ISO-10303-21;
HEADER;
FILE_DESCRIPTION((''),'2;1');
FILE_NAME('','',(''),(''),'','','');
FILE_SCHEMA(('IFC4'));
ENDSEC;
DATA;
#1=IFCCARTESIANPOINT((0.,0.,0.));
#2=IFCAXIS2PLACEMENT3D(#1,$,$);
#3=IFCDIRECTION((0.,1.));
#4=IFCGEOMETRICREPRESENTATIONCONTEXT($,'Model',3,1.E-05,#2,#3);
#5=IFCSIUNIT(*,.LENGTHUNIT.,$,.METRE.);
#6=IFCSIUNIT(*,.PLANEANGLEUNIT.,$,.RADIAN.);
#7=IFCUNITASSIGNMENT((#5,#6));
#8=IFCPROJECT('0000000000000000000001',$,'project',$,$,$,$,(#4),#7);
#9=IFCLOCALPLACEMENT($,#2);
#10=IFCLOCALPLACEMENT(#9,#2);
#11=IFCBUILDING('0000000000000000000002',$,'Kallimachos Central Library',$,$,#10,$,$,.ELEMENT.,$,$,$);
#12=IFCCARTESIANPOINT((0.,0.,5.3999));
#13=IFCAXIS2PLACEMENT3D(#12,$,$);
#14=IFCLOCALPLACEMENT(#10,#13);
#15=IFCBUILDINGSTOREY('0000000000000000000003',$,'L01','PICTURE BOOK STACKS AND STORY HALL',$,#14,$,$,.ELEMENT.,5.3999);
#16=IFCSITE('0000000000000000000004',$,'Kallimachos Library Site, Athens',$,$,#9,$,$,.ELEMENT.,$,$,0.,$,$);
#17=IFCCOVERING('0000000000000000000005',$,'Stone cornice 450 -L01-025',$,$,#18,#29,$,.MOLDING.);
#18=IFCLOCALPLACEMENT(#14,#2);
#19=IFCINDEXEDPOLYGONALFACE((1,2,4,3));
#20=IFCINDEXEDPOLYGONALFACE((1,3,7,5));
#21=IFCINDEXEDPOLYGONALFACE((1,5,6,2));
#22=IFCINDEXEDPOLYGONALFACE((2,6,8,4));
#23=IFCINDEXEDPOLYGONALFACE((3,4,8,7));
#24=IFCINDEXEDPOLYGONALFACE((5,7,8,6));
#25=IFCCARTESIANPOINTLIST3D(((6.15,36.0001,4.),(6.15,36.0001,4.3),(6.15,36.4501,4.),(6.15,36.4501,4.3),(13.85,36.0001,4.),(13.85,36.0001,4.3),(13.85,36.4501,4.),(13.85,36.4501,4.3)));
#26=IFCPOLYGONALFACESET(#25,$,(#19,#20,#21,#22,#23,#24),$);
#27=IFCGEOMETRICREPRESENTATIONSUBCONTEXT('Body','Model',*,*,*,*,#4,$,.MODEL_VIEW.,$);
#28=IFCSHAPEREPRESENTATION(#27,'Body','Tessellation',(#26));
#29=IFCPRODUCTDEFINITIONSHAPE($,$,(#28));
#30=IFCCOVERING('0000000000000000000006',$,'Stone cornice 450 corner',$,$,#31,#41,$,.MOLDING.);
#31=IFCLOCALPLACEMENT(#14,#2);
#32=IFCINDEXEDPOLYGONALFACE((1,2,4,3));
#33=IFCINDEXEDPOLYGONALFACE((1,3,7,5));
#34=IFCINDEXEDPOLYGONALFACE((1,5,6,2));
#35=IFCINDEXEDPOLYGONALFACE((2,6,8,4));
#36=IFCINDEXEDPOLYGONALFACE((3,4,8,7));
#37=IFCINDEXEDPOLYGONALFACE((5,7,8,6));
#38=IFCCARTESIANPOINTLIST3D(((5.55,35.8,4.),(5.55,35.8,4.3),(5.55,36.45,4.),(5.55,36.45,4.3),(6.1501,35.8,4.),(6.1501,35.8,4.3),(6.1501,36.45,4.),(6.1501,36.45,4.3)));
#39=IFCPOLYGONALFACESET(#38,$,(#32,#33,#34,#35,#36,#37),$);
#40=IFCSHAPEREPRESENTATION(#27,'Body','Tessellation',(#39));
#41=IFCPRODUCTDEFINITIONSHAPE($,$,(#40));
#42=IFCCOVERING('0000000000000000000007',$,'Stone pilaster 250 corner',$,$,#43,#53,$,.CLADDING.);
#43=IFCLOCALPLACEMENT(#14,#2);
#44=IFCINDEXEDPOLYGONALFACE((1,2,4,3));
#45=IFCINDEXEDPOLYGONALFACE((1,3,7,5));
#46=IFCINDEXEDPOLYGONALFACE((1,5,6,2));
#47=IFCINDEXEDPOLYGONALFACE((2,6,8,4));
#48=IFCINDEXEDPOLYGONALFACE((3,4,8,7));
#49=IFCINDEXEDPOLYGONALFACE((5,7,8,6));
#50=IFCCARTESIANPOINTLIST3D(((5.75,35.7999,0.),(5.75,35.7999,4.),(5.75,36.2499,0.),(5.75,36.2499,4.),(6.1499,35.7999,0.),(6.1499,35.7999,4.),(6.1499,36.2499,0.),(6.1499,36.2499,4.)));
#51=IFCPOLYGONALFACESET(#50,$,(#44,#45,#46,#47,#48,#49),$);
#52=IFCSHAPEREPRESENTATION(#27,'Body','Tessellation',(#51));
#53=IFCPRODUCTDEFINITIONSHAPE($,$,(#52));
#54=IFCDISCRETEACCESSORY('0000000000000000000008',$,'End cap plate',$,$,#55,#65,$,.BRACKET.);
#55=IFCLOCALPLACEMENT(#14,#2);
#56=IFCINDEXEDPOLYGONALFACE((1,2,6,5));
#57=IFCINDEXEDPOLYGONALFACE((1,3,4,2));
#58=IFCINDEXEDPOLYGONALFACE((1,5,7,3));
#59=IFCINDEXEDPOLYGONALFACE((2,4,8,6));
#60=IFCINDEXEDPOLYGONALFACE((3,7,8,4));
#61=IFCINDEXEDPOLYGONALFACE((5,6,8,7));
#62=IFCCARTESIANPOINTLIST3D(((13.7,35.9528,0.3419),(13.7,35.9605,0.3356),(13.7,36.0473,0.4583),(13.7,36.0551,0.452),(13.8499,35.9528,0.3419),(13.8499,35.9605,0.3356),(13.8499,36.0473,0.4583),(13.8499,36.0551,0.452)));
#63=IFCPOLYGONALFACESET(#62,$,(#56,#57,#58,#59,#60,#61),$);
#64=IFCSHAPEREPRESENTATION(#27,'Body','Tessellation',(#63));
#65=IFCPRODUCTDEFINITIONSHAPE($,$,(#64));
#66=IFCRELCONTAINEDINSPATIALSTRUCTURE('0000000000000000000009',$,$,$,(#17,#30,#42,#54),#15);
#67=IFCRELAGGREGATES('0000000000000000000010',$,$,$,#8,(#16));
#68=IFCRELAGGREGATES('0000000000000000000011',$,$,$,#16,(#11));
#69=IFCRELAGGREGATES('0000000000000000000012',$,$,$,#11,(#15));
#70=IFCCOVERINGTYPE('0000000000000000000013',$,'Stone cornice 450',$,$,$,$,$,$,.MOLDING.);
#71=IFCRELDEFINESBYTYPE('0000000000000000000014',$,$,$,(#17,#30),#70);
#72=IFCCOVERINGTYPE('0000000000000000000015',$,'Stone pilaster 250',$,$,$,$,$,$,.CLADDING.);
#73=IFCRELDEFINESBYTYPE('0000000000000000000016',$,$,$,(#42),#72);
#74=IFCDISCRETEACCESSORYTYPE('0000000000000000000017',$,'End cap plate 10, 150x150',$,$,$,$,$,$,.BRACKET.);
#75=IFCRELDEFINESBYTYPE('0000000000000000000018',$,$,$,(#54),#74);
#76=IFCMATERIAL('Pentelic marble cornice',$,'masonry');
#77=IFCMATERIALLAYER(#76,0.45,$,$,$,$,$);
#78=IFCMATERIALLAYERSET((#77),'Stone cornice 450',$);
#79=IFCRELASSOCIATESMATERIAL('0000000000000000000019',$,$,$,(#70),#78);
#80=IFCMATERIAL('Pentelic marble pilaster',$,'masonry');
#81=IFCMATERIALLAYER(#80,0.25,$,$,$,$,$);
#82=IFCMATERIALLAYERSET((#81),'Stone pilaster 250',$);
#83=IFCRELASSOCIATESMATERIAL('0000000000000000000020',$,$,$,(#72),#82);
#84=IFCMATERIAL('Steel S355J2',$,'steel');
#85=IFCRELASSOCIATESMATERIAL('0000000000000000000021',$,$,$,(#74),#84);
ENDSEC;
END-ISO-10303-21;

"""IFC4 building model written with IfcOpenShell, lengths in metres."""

from ifc_helpers import new_model, si_unit, direction, frame, origin, origin_2d, place, context, subcontext, project, spatial, rectangle, extrude, material, layer, layer_set, material_profile, profile_set, type_object, element, save


model = new_model("IFC4")

# Units and contexts
model_context = context("Model", 3, precision=1e-05, world=origin(), true_north=direction((0.0, 1.0)))
body_context = subcontext(model_context, "Body", "Model", "MODEL_VIEW")
ifc_project = project(units=[si_unit("LENGTHUNIT", "METRE"), si_unit("PLANEANGLEUNIT", "RADIAN")], contexts=[model_context])

# Site, building, storey
site_placement = place(None, origin())
site = spatial("IfcSite", under=ifc_project, at=site_placement, Name="Kallimachos Library Site, Athens", CompositionType="ELEMENT", RefElevation=0.0)
building_placement = place(site_placement, origin())
building = spatial("IfcBuilding", under=site, at=building_placement, Name="Kallimachos Central Library", CompositionType="ELEMENT")
storey_placement = place(building_placement, frame((0.0, 0.0, 5.3999)))
storey = spatial("IfcBuildingStorey", under=building, at=storey_placement, Name="L01", Description="PICTURE BOOK STACKS AND STORY HALL", CompositionType="ELEMENT", Elevation=5.3999)

# Coverings
ifc_material_1 = material(Name="Pentelic marble cornice", Category="masonry")
ifc_layer_1 = layer(ifc_material_1, 0.45)
ifc_layer_set_1 = layer_set([ifc_layer_1], Name="Stone cornice 450")
covering_type_1 = type_object("IfcCoveringType", Name="Stone cornice 450", PredefinedType="MOLDING", material=ifc_layer_set_1)
covering_1_placement = place(storey_placement, frame((10.0, 36.2251, 4.0), z_axis=(0.0, 0.0, 1.0), x_axis=(1.0, 0.0, 0.0)))
element("IfcCovering", 1, at=covering_1_placement, inside=storey, type_object=covering_type_1, Name="Stone cornice 450 -L01-025", PredefinedType="MOLDING", context=body_context, shape_type="SweptSolid", body=[
    extrude(rectangle(XDim=7.7, YDim=0.45, at=origin_2d()), origin(), (0.0, 0.0, 1.0), 0.3),
])
covering_2_placement = place(storey_placement, frame((5.8501, 36.125, 4.0), z_axis=(0.0, 0.0, 1.0), x_axis=(1.0, 0.0, 0.0)))
element("IfcCovering", 2, at=covering_2_placement, inside=storey, type_object=covering_type_1, Name="Stone cornice 450 corner", PredefinedType="MOLDING", context=body_context, shape_type="SweptSolid", body=[
    extrude(rectangle(XDim=0.6001, YDim=0.6499, at=origin_2d()), origin(), (0.0, 0.0, 1.0), 0.3),
])
ifc_material_2 = material(Name="Pentelic marble pilaster", Category="masonry")
ifc_layer_2 = layer(ifc_material_2, 0.25)
ifc_layer_set_2 = layer_set([ifc_layer_2], Name="Stone pilaster 250")
covering_type_2 = type_object("IfcCoveringType", Name="Stone pilaster 250", PredefinedType="CLADDING", material=ifc_layer_set_2)
covering_3_placement = place(storey_placement, frame((5.95, 36.0249, 0.0), z_axis=(0.0, 0.0, 1.0), x_axis=(1.0, 0.0, 0.0)))
element("IfcCovering", 3, at=covering_3_placement, inside=storey, type_object=covering_type_2, Name="Stone pilaster 250 corner", PredefinedType="CLADDING", context=body_context, shape_type="SweptSolid", body=[
    extrude(rectangle(XDim=0.3999, YDim=0.45, at=origin_2d()), origin(), (0.0, 0.0, 1.0), 4.0),
])

# Discrete accessory
ifc_material_3 = material(Name="Steel S355J2", Category="steel")
ifc_material_profile_1 = material_profile(ifc_material_3, rectangle(XDim=0.1499, YDim=0.1499, at=origin_2d()), Name="End cap plate 10, 150x150")
ifc_profile_set_1 = profile_set([ifc_material_profile_1], Name="Steel S355J2")
discrete_accessory_type = type_object("IfcDiscreteAccessoryType", Name="End cap plate 10, 150x150", PredefinedType="BRACKET", material=ifc_profile_set_1)
discrete_accessory_placement = place(storey_placement, frame((13.7749, 36.0078, 0.3938), z_axis=(0.0, -0.776114, 0.630593), x_axis=(1.0, 0.0, 0.0)))
element("IfcDiscreteAccessory", 4, at=discrete_accessory_placement, inside=storey, type_object=discrete_accessory_type, Name="End cap plate", PredefinedType="BRACKET", context=body_context, shape_type="SweptSolid", body=[
    extrude(rectangle(XDim=0.1499, YDim=0.1499, at=origin_2d()), origin(), (0.0, 0.0, 1.0), 0.01),
])

save(model, "model.ifc")
